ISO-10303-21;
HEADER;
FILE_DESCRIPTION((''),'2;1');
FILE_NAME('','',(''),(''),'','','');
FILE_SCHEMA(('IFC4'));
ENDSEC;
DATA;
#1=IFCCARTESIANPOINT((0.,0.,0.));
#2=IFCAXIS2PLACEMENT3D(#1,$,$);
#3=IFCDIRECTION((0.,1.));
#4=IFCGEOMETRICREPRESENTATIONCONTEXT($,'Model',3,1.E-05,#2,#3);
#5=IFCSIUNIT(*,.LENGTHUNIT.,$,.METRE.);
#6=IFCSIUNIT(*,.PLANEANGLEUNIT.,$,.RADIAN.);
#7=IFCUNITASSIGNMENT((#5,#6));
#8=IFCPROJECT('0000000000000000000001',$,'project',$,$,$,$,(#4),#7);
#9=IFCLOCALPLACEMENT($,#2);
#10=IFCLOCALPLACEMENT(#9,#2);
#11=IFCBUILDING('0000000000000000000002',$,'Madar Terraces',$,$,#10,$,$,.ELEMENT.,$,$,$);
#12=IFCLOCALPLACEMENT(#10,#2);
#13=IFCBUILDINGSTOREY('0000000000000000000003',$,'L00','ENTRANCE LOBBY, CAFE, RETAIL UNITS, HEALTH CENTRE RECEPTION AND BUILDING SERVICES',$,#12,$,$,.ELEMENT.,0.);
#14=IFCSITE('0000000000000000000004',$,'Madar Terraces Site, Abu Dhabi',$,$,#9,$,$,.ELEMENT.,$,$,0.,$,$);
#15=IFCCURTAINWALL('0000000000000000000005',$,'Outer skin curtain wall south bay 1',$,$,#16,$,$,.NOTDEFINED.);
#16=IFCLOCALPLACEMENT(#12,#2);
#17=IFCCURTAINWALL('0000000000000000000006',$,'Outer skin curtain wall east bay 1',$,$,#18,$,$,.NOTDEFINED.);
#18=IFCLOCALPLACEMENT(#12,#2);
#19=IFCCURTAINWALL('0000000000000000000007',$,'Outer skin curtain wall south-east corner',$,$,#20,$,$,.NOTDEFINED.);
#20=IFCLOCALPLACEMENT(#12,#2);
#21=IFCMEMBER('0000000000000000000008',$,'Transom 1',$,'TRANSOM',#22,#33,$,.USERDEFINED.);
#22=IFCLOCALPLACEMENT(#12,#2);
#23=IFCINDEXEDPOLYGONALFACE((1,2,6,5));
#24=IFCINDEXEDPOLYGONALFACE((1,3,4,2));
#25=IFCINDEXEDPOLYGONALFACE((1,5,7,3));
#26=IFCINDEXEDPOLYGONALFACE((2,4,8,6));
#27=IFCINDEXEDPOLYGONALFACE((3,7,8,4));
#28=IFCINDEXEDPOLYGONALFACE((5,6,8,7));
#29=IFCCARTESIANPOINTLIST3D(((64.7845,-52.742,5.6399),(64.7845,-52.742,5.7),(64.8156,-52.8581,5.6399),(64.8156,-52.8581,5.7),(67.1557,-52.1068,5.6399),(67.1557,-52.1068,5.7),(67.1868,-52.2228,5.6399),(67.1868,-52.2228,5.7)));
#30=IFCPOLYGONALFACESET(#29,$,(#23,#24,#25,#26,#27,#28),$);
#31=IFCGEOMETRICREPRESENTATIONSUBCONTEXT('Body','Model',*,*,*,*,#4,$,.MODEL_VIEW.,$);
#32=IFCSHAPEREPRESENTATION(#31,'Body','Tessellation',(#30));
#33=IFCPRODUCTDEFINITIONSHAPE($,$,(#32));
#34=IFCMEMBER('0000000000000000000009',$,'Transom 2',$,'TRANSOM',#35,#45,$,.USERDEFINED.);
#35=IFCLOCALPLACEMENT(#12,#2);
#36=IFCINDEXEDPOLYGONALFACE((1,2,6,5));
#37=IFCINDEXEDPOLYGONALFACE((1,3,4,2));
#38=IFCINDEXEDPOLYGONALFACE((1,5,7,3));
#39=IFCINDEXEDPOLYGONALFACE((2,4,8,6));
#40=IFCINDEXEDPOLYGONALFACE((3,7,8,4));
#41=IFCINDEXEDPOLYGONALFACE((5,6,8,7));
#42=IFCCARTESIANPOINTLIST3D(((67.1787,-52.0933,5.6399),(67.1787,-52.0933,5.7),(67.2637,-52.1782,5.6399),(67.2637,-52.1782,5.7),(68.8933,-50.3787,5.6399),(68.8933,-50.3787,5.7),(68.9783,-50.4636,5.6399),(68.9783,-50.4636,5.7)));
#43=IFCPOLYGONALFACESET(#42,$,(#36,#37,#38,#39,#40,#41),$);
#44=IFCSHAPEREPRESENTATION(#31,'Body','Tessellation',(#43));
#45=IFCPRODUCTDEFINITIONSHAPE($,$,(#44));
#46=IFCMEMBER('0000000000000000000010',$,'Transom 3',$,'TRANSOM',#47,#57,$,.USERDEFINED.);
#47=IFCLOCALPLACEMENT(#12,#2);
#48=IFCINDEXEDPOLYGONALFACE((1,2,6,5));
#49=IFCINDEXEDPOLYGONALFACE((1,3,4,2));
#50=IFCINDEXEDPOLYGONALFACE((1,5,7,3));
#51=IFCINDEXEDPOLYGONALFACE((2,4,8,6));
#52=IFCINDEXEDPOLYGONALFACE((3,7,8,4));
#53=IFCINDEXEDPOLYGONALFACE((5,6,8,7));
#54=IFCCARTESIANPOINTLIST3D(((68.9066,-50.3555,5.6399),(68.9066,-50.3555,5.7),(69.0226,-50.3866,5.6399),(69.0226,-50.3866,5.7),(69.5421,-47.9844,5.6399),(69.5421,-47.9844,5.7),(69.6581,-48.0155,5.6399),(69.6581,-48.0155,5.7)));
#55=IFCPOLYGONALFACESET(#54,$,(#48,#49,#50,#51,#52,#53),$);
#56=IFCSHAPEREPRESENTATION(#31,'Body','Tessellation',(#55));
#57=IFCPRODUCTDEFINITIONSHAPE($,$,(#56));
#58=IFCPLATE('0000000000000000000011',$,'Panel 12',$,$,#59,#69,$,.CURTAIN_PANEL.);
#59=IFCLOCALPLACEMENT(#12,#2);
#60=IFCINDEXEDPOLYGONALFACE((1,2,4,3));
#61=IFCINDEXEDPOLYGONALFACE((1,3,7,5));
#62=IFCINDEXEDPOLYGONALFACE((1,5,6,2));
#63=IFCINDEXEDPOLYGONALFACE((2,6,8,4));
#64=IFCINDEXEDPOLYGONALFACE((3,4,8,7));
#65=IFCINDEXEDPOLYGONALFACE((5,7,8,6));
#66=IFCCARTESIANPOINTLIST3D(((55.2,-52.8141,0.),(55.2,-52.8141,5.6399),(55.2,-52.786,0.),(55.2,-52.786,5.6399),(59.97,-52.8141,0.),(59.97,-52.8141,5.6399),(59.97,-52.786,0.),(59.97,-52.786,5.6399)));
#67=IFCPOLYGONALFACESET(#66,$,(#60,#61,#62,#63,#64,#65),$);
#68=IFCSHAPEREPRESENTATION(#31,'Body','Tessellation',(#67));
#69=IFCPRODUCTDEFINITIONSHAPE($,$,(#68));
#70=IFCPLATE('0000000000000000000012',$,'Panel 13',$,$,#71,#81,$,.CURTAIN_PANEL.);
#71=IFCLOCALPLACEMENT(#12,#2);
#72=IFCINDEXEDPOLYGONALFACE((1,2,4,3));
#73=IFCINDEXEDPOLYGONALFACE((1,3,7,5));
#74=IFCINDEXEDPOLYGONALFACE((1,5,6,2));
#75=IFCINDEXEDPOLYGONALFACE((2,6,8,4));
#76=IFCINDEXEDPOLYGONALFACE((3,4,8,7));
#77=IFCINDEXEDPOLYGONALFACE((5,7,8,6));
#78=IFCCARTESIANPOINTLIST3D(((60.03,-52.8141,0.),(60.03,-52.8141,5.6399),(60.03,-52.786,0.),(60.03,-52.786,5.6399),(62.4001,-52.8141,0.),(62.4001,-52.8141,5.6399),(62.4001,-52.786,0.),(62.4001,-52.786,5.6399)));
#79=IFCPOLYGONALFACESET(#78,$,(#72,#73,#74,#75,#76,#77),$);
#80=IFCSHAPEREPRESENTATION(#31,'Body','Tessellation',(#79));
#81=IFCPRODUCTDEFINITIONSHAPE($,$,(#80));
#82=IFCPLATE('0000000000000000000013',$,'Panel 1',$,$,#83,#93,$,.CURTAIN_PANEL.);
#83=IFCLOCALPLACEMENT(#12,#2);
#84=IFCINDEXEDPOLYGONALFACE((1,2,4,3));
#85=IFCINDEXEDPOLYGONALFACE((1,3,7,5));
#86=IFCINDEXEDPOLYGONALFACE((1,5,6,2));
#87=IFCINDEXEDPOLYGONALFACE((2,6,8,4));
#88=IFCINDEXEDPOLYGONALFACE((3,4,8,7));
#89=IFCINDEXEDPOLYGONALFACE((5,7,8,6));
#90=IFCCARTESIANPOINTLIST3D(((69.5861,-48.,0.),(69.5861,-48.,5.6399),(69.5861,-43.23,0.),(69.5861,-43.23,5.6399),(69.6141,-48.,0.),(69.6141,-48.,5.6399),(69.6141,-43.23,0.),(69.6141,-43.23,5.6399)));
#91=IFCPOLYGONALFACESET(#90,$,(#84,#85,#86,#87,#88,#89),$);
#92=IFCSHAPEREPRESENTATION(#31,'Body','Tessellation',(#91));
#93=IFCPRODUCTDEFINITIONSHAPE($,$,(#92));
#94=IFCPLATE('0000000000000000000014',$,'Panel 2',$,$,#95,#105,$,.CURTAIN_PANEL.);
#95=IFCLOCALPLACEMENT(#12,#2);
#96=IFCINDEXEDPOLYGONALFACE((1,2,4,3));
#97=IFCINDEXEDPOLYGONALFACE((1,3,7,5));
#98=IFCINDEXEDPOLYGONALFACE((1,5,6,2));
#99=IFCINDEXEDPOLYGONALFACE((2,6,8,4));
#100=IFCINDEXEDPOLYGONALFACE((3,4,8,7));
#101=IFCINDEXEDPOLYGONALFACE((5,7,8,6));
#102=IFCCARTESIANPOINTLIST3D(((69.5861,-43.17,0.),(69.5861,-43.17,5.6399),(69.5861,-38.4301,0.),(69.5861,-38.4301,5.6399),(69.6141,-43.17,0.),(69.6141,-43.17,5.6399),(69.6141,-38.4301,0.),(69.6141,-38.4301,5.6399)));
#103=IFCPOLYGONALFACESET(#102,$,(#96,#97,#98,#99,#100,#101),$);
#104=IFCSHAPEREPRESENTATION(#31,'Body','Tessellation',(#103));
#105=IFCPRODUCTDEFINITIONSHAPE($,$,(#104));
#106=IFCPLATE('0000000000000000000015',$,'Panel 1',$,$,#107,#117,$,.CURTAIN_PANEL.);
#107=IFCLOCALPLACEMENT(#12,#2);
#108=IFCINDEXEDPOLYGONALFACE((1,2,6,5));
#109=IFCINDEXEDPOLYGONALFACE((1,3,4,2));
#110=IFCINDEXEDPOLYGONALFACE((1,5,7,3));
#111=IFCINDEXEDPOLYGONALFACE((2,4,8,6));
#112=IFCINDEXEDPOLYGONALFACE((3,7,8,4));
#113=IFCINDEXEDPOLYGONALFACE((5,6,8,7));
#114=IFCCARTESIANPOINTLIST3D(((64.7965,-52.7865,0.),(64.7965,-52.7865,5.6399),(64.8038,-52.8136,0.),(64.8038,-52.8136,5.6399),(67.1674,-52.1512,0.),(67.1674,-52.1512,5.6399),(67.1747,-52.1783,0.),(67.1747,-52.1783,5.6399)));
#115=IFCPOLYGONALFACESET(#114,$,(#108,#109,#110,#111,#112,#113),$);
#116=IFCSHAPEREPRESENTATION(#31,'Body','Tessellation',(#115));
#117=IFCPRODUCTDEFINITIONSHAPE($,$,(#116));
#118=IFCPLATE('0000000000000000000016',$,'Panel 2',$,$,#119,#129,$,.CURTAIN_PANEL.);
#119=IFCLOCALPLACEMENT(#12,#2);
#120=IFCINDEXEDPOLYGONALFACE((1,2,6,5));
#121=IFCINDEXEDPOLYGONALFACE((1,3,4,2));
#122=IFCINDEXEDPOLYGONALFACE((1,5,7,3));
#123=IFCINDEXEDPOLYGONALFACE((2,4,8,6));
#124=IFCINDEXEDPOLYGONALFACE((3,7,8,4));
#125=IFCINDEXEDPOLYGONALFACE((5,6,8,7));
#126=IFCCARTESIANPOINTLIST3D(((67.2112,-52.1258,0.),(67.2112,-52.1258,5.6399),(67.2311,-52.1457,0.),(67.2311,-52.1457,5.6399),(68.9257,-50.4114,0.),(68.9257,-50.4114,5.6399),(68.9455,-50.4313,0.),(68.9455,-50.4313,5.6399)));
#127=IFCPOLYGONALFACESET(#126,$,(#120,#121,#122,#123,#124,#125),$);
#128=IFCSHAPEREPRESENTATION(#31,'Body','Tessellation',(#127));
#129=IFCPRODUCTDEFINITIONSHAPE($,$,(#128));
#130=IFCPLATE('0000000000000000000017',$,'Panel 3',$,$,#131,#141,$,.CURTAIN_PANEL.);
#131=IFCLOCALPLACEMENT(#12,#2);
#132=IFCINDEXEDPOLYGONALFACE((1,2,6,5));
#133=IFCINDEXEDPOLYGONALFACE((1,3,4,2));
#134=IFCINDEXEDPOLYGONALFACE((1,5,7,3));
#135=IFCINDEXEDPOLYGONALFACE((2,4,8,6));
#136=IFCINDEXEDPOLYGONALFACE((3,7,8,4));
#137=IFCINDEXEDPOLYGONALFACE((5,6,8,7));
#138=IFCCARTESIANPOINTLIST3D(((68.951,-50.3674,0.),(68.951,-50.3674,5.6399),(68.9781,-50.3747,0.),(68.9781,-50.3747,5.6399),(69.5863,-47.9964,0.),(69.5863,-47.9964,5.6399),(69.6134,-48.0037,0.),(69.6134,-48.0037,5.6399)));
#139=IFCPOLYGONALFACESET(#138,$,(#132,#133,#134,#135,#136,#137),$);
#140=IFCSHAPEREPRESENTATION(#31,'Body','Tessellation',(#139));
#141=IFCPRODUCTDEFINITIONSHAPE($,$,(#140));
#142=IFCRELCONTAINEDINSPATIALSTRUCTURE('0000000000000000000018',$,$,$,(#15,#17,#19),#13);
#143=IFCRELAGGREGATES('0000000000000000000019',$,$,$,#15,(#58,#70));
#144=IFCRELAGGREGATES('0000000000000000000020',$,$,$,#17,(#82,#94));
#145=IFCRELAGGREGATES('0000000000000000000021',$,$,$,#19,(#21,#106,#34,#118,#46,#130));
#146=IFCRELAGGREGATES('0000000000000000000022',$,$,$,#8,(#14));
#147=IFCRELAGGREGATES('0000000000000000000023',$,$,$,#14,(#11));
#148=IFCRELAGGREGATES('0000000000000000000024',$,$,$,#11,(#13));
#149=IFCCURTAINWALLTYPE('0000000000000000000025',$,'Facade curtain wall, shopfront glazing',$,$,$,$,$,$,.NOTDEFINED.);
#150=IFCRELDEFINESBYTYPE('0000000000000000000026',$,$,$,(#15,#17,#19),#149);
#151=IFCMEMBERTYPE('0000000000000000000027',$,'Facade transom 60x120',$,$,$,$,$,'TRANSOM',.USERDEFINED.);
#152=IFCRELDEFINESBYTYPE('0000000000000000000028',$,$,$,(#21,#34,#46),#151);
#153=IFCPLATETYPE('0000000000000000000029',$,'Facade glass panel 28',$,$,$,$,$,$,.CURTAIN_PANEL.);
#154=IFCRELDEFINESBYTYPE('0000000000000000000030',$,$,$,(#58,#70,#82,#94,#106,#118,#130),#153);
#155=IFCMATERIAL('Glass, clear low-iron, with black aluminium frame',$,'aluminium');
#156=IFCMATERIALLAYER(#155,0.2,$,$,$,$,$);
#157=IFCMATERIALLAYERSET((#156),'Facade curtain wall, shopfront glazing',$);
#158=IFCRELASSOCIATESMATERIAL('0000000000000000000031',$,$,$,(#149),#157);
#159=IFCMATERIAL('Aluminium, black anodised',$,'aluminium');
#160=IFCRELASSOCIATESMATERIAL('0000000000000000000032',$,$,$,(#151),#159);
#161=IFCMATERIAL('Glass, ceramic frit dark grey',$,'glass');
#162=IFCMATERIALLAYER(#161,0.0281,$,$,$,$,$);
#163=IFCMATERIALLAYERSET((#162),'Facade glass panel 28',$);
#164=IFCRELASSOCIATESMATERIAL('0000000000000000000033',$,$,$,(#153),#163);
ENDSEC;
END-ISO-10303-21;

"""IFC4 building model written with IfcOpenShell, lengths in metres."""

from ifc_helpers import new_model, si_unit, direction, frame, origin, origin_2d, place, context, subcontext, project, spatial, rectangle, extrude, material, layer, layer_set, material_profile, profile_set, type_object, element, aggregate, save


model = new_model("IFC4")

# Units and contexts
model_context = context("Model", 3, precision=1e-05, world=origin(), true_north=direction((0.0, 1.0)))
body_context = subcontext(model_context, "Body", "Model", "MODEL_VIEW")
ifc_project = project(units=[si_unit("LENGTHUNIT", "METRE"), si_unit("PLANEANGLEUNIT", "RADIAN")], contexts=[model_context])

# Site, building, storey
site_placement = place(None, origin())
site = spatial("IfcSite", under=ifc_project, at=site_placement, Name="Madar Terraces Site, Abu Dhabi", CompositionType="ELEMENT", RefElevation=0.0)
building_placement = place(site_placement, origin())
building = spatial("IfcBuilding", under=site, at=building_placement, Name="Madar Terraces", CompositionType="ELEMENT")
storey_placement = place(building_placement, origin())
storey = spatial("IfcBuildingStorey", under=building, at=storey_placement, Name="L00", Description="ENTRANCE LOBBY, CAFE, RETAIL UNITS, HEALTH CENTRE RECEPTION AND BUILDING SERVICES", CompositionType="ELEMENT", Elevation=0.0)

# Curtain wall
ifc_material_1 = material(Name="Glass, clear low-iron, with black aluminium frame", Category="aluminium")
ifc_layer_1 = layer(ifc_material_1, 0.2)
ifc_layer_set_1 = layer_set([ifc_layer_1], Name="Facade curtain wall, shopfront glazing")
curtain_wall_type = type_object("IfcCurtainWallType", Name="Facade curtain wall, shopfront glazing", PredefinedType="NOTDEFINED", material=ifc_layer_set_1)
curtain_wall_1_placement = place(storey_placement, origin())
curtain_wall_1 = element("IfcCurtainWall", 1, at=curtain_wall_1_placement, inside=storey, type_object=curtain_wall_type, Name="Outer skin curtain wall south bay 1", PredefinedType="NOTDEFINED")

# Curtain walls
curtain_wall_2_placement = place(storey_placement, origin())
curtain_wall_2 = element("IfcCurtainWall", 2, at=curtain_wall_2_placement, inside=storey, type_object=curtain_wall_type, Name="Outer skin curtain wall east bay 1", PredefinedType="NOTDEFINED")
curtain_wall_3_placement = place(storey_placement, origin())
curtain_wall_3 = element("IfcCurtainWall", 3, at=curtain_wall_3_placement, inside=storey, type_object=curtain_wall_type, Name="Outer skin curtain wall south-east corner", PredefinedType="NOTDEFINED")

# Members
ifc_material_2 = material(Name="Aluminium, black anodised", Category="aluminium")
ifc_material_profile_1 = material_profile(ifc_material_2, rectangle(XDim=0.1201, YDim=0.0601, at=origin_2d()), Name="Facade transom 60x120")
ifc_profile_set_1 = profile_set([ifc_material_profile_1], Name="Aluminium, black anodised")
member_type_1 = type_object("IfcMemberType", Name="Facade transom 60x120", ElementType="TRANSOM", PredefinedType="USERDEFINED", material=ifc_profile_set_1)
member_1_placement = place(storey_placement, frame((64.8, -52.8, 5.6699), z_axis=(0.965934, 0.258789, 0.0), x_axis=(-0.258789, 0.965934, 0.0)))
member_1 = element("IfcMember", 4, at=member_1_placement, type_object=member_type_1, Name="Transom 1", ObjectType="TRANSOM", PredefinedType="USERDEFINED", context=body_context, shape_type="SweptSolid", body=[
    extrude(rectangle(XDim=0.1201, YDim=0.0601, at=origin_2d()), origin(), (0.0, 0.0, 1.0), 2.4548),
])
member_2_placement = place(storey_placement, frame((67.2212, -52.1357, 5.6699), z_axis=(0.707107, 0.707107, 0.0), x_axis=(-0.707107, 0.707107, 0.0)))
member_2 = element("IfcMember", 5, at=member_2_placement, type_object=member_type_1, Name="Transom 2", ObjectType="TRANSOM", PredefinedType="USERDEFINED", context=body_context, shape_type="SweptSolid", body=[
    extrude(rectangle(XDim=0.1201, YDim=0.0601, at=origin_2d()), origin(), (0.0, 0.0, 1.0), 2.4248),
])
member_3_placement = place(storey_placement, frame((68.9646, -50.3711, 5.6699), z_axis=(0.258882, 0.965909, 0.0), x_axis=(-0.965909, 0.258882, 0.0)))
member_3 = element("IfcMember", 6, at=member_3_placement, type_object=member_type_1, Name="Transom 3", ObjectType="TRANSOM", PredefinedType="USERDEFINED", context=body_context, shape_type="SweptSolid", body=[
    extrude(rectangle(XDim=0.1201, YDim=0.0601, at=origin_2d()), origin(), (0.0, 0.0, 1.0), 2.4548),
])

# Plates
ifc_material_3 = material(Name="Glass, ceramic frit dark grey", Category="glass")
ifc_layer_2 = layer(ifc_material_3, 0.0281)
ifc_layer_set_2 = layer_set([ifc_layer_2], Name="Facade glass panel 28")
plate_type = type_object("IfcPlateType", Name="Facade glass panel 28", PredefinedType="CURTAIN_PANEL", material=ifc_layer_set_2)
plate_1_placement = place(storey_placement, frame((57.585, -52.8, 0.0), z_axis=(0.0, 0.0, 1.0), x_axis=(1.0, 0.0, 0.0)))
plate_1 = element("IfcPlate", 7, at=plate_1_placement, type_object=plate_type, Name="Panel 12", PredefinedType="CURTAIN_PANEL", context=body_context, shape_type="SweptSolid", body=[
    extrude(rectangle(XDim=4.77, YDim=0.0281, at=origin_2d()), origin(), (0.0, 0.0, 1.0), 5.6399),
])
plate_2_placement = place(storey_placement, frame((61.2151, -52.8, 0.0), z_axis=(0.0, 0.0, 1.0), x_axis=(1.0, 0.0, 0.0)))
plate_2 = element("IfcPlate", 8, at=plate_2_placement, type_object=plate_type, Name="Panel 13", PredefinedType="CURTAIN_PANEL", context=body_context, shape_type="SweptSolid", body=[
    extrude(rectangle(XDim=2.3701, YDim=0.0281, at=origin_2d()), origin(), (0.0, 0.0, 1.0), 5.6399),
])
aggregate(curtain_wall_1, [plate_1, plate_2])
plate_3_placement = place(storey_placement, frame((69.6001, -45.615, 0.0), z_axis=(0.0, 0.0, 1.0), x_axis=(0.0, 1.0, 0.0)))
plate_3 = element("IfcPlate", 9, at=plate_3_placement, type_object=plate_type, Name="Panel 1", PredefinedType="CURTAIN_PANEL", context=body_context, shape_type="SweptSolid", body=[
    extrude(rectangle(XDim=4.77, YDim=0.0281, at=origin_2d()), origin(), (0.0, 0.0, 1.0), 5.6399),
])
plate_4_placement = place(storey_placement, frame((69.6001, -40.8, 0.0), z_axis=(0.0, 0.0, 1.0), x_axis=(0.0, 1.0, 0.0)))
plate_4 = element("IfcPlate", 10, at=plate_4_placement, type_object=plate_type, Name="Panel 2", PredefinedType="CURTAIN_PANEL", context=body_context, shape_type="SweptSolid", body=[
    extrude(rectangle(XDim=4.74, YDim=0.0281, at=origin_2d()), origin(), (0.0, 0.0, 1.0), 5.6399),
])
aggregate(curtain_wall_2, [plate_3, plate_4])
plate_5_placement = place(storey_placement, frame((65.9856, -52.4824, 0.0), z_axis=(0.0, 0.0, 1.0), x_axis=(0.965926, 0.258819, 0.0)))
plate_5 = element("IfcPlate", 11, at=plate_5_placement, type_object=plate_type, Name="Panel 1", PredefinedType="CURTAIN_PANEL", context=body_context, shape_type="SweptSolid", body=[
    extrude(rectangle(XDim=2.4546, YDim=0.0281, at=origin_2d()), origin(), (0.0, 0.0, 1.0), 5.6399),
])
plate_6_placement = place(storey_placement, frame((68.0784, -51.2786, 0.0), z_axis=(0.0, 0.0, 1.0), x_axis=(0.707107, 0.707107, 0.0)))
plate_6 = element("IfcPlate", 12, at=plate_6_placement, type_object=plate_type, Name="Panel 2", PredefinedType="CURTAIN_PANEL", context=body_context, shape_type="SweptSolid", body=[
    extrude(rectangle(XDim=2.4246, YDim=0.0281, at=origin_2d()), origin(), (0.0, 0.0, 1.0), 5.6399),
])
plate_7_placement = place(storey_placement, frame((69.2822, -49.1855, 0.0), z_axis=(0.0, 0.0, 1.0), x_axis=(0.258819, 0.965926, 0.0)))
plate_7 = element("IfcPlate", 13, at=plate_7_placement, type_object=plate_type, Name="Panel 3", PredefinedType="CURTAIN_PANEL", context=body_context, shape_type="SweptSolid", body=[
    extrude(rectangle(XDim=2.4546, YDim=0.0281, at=origin_2d()), origin(), (0.0, 0.0, 1.0), 5.6399),
])
aggregate(curtain_wall_3, [member_1, plate_5, member_2, plate_6, member_3, plate_7])

save(model, "model.ifc")
